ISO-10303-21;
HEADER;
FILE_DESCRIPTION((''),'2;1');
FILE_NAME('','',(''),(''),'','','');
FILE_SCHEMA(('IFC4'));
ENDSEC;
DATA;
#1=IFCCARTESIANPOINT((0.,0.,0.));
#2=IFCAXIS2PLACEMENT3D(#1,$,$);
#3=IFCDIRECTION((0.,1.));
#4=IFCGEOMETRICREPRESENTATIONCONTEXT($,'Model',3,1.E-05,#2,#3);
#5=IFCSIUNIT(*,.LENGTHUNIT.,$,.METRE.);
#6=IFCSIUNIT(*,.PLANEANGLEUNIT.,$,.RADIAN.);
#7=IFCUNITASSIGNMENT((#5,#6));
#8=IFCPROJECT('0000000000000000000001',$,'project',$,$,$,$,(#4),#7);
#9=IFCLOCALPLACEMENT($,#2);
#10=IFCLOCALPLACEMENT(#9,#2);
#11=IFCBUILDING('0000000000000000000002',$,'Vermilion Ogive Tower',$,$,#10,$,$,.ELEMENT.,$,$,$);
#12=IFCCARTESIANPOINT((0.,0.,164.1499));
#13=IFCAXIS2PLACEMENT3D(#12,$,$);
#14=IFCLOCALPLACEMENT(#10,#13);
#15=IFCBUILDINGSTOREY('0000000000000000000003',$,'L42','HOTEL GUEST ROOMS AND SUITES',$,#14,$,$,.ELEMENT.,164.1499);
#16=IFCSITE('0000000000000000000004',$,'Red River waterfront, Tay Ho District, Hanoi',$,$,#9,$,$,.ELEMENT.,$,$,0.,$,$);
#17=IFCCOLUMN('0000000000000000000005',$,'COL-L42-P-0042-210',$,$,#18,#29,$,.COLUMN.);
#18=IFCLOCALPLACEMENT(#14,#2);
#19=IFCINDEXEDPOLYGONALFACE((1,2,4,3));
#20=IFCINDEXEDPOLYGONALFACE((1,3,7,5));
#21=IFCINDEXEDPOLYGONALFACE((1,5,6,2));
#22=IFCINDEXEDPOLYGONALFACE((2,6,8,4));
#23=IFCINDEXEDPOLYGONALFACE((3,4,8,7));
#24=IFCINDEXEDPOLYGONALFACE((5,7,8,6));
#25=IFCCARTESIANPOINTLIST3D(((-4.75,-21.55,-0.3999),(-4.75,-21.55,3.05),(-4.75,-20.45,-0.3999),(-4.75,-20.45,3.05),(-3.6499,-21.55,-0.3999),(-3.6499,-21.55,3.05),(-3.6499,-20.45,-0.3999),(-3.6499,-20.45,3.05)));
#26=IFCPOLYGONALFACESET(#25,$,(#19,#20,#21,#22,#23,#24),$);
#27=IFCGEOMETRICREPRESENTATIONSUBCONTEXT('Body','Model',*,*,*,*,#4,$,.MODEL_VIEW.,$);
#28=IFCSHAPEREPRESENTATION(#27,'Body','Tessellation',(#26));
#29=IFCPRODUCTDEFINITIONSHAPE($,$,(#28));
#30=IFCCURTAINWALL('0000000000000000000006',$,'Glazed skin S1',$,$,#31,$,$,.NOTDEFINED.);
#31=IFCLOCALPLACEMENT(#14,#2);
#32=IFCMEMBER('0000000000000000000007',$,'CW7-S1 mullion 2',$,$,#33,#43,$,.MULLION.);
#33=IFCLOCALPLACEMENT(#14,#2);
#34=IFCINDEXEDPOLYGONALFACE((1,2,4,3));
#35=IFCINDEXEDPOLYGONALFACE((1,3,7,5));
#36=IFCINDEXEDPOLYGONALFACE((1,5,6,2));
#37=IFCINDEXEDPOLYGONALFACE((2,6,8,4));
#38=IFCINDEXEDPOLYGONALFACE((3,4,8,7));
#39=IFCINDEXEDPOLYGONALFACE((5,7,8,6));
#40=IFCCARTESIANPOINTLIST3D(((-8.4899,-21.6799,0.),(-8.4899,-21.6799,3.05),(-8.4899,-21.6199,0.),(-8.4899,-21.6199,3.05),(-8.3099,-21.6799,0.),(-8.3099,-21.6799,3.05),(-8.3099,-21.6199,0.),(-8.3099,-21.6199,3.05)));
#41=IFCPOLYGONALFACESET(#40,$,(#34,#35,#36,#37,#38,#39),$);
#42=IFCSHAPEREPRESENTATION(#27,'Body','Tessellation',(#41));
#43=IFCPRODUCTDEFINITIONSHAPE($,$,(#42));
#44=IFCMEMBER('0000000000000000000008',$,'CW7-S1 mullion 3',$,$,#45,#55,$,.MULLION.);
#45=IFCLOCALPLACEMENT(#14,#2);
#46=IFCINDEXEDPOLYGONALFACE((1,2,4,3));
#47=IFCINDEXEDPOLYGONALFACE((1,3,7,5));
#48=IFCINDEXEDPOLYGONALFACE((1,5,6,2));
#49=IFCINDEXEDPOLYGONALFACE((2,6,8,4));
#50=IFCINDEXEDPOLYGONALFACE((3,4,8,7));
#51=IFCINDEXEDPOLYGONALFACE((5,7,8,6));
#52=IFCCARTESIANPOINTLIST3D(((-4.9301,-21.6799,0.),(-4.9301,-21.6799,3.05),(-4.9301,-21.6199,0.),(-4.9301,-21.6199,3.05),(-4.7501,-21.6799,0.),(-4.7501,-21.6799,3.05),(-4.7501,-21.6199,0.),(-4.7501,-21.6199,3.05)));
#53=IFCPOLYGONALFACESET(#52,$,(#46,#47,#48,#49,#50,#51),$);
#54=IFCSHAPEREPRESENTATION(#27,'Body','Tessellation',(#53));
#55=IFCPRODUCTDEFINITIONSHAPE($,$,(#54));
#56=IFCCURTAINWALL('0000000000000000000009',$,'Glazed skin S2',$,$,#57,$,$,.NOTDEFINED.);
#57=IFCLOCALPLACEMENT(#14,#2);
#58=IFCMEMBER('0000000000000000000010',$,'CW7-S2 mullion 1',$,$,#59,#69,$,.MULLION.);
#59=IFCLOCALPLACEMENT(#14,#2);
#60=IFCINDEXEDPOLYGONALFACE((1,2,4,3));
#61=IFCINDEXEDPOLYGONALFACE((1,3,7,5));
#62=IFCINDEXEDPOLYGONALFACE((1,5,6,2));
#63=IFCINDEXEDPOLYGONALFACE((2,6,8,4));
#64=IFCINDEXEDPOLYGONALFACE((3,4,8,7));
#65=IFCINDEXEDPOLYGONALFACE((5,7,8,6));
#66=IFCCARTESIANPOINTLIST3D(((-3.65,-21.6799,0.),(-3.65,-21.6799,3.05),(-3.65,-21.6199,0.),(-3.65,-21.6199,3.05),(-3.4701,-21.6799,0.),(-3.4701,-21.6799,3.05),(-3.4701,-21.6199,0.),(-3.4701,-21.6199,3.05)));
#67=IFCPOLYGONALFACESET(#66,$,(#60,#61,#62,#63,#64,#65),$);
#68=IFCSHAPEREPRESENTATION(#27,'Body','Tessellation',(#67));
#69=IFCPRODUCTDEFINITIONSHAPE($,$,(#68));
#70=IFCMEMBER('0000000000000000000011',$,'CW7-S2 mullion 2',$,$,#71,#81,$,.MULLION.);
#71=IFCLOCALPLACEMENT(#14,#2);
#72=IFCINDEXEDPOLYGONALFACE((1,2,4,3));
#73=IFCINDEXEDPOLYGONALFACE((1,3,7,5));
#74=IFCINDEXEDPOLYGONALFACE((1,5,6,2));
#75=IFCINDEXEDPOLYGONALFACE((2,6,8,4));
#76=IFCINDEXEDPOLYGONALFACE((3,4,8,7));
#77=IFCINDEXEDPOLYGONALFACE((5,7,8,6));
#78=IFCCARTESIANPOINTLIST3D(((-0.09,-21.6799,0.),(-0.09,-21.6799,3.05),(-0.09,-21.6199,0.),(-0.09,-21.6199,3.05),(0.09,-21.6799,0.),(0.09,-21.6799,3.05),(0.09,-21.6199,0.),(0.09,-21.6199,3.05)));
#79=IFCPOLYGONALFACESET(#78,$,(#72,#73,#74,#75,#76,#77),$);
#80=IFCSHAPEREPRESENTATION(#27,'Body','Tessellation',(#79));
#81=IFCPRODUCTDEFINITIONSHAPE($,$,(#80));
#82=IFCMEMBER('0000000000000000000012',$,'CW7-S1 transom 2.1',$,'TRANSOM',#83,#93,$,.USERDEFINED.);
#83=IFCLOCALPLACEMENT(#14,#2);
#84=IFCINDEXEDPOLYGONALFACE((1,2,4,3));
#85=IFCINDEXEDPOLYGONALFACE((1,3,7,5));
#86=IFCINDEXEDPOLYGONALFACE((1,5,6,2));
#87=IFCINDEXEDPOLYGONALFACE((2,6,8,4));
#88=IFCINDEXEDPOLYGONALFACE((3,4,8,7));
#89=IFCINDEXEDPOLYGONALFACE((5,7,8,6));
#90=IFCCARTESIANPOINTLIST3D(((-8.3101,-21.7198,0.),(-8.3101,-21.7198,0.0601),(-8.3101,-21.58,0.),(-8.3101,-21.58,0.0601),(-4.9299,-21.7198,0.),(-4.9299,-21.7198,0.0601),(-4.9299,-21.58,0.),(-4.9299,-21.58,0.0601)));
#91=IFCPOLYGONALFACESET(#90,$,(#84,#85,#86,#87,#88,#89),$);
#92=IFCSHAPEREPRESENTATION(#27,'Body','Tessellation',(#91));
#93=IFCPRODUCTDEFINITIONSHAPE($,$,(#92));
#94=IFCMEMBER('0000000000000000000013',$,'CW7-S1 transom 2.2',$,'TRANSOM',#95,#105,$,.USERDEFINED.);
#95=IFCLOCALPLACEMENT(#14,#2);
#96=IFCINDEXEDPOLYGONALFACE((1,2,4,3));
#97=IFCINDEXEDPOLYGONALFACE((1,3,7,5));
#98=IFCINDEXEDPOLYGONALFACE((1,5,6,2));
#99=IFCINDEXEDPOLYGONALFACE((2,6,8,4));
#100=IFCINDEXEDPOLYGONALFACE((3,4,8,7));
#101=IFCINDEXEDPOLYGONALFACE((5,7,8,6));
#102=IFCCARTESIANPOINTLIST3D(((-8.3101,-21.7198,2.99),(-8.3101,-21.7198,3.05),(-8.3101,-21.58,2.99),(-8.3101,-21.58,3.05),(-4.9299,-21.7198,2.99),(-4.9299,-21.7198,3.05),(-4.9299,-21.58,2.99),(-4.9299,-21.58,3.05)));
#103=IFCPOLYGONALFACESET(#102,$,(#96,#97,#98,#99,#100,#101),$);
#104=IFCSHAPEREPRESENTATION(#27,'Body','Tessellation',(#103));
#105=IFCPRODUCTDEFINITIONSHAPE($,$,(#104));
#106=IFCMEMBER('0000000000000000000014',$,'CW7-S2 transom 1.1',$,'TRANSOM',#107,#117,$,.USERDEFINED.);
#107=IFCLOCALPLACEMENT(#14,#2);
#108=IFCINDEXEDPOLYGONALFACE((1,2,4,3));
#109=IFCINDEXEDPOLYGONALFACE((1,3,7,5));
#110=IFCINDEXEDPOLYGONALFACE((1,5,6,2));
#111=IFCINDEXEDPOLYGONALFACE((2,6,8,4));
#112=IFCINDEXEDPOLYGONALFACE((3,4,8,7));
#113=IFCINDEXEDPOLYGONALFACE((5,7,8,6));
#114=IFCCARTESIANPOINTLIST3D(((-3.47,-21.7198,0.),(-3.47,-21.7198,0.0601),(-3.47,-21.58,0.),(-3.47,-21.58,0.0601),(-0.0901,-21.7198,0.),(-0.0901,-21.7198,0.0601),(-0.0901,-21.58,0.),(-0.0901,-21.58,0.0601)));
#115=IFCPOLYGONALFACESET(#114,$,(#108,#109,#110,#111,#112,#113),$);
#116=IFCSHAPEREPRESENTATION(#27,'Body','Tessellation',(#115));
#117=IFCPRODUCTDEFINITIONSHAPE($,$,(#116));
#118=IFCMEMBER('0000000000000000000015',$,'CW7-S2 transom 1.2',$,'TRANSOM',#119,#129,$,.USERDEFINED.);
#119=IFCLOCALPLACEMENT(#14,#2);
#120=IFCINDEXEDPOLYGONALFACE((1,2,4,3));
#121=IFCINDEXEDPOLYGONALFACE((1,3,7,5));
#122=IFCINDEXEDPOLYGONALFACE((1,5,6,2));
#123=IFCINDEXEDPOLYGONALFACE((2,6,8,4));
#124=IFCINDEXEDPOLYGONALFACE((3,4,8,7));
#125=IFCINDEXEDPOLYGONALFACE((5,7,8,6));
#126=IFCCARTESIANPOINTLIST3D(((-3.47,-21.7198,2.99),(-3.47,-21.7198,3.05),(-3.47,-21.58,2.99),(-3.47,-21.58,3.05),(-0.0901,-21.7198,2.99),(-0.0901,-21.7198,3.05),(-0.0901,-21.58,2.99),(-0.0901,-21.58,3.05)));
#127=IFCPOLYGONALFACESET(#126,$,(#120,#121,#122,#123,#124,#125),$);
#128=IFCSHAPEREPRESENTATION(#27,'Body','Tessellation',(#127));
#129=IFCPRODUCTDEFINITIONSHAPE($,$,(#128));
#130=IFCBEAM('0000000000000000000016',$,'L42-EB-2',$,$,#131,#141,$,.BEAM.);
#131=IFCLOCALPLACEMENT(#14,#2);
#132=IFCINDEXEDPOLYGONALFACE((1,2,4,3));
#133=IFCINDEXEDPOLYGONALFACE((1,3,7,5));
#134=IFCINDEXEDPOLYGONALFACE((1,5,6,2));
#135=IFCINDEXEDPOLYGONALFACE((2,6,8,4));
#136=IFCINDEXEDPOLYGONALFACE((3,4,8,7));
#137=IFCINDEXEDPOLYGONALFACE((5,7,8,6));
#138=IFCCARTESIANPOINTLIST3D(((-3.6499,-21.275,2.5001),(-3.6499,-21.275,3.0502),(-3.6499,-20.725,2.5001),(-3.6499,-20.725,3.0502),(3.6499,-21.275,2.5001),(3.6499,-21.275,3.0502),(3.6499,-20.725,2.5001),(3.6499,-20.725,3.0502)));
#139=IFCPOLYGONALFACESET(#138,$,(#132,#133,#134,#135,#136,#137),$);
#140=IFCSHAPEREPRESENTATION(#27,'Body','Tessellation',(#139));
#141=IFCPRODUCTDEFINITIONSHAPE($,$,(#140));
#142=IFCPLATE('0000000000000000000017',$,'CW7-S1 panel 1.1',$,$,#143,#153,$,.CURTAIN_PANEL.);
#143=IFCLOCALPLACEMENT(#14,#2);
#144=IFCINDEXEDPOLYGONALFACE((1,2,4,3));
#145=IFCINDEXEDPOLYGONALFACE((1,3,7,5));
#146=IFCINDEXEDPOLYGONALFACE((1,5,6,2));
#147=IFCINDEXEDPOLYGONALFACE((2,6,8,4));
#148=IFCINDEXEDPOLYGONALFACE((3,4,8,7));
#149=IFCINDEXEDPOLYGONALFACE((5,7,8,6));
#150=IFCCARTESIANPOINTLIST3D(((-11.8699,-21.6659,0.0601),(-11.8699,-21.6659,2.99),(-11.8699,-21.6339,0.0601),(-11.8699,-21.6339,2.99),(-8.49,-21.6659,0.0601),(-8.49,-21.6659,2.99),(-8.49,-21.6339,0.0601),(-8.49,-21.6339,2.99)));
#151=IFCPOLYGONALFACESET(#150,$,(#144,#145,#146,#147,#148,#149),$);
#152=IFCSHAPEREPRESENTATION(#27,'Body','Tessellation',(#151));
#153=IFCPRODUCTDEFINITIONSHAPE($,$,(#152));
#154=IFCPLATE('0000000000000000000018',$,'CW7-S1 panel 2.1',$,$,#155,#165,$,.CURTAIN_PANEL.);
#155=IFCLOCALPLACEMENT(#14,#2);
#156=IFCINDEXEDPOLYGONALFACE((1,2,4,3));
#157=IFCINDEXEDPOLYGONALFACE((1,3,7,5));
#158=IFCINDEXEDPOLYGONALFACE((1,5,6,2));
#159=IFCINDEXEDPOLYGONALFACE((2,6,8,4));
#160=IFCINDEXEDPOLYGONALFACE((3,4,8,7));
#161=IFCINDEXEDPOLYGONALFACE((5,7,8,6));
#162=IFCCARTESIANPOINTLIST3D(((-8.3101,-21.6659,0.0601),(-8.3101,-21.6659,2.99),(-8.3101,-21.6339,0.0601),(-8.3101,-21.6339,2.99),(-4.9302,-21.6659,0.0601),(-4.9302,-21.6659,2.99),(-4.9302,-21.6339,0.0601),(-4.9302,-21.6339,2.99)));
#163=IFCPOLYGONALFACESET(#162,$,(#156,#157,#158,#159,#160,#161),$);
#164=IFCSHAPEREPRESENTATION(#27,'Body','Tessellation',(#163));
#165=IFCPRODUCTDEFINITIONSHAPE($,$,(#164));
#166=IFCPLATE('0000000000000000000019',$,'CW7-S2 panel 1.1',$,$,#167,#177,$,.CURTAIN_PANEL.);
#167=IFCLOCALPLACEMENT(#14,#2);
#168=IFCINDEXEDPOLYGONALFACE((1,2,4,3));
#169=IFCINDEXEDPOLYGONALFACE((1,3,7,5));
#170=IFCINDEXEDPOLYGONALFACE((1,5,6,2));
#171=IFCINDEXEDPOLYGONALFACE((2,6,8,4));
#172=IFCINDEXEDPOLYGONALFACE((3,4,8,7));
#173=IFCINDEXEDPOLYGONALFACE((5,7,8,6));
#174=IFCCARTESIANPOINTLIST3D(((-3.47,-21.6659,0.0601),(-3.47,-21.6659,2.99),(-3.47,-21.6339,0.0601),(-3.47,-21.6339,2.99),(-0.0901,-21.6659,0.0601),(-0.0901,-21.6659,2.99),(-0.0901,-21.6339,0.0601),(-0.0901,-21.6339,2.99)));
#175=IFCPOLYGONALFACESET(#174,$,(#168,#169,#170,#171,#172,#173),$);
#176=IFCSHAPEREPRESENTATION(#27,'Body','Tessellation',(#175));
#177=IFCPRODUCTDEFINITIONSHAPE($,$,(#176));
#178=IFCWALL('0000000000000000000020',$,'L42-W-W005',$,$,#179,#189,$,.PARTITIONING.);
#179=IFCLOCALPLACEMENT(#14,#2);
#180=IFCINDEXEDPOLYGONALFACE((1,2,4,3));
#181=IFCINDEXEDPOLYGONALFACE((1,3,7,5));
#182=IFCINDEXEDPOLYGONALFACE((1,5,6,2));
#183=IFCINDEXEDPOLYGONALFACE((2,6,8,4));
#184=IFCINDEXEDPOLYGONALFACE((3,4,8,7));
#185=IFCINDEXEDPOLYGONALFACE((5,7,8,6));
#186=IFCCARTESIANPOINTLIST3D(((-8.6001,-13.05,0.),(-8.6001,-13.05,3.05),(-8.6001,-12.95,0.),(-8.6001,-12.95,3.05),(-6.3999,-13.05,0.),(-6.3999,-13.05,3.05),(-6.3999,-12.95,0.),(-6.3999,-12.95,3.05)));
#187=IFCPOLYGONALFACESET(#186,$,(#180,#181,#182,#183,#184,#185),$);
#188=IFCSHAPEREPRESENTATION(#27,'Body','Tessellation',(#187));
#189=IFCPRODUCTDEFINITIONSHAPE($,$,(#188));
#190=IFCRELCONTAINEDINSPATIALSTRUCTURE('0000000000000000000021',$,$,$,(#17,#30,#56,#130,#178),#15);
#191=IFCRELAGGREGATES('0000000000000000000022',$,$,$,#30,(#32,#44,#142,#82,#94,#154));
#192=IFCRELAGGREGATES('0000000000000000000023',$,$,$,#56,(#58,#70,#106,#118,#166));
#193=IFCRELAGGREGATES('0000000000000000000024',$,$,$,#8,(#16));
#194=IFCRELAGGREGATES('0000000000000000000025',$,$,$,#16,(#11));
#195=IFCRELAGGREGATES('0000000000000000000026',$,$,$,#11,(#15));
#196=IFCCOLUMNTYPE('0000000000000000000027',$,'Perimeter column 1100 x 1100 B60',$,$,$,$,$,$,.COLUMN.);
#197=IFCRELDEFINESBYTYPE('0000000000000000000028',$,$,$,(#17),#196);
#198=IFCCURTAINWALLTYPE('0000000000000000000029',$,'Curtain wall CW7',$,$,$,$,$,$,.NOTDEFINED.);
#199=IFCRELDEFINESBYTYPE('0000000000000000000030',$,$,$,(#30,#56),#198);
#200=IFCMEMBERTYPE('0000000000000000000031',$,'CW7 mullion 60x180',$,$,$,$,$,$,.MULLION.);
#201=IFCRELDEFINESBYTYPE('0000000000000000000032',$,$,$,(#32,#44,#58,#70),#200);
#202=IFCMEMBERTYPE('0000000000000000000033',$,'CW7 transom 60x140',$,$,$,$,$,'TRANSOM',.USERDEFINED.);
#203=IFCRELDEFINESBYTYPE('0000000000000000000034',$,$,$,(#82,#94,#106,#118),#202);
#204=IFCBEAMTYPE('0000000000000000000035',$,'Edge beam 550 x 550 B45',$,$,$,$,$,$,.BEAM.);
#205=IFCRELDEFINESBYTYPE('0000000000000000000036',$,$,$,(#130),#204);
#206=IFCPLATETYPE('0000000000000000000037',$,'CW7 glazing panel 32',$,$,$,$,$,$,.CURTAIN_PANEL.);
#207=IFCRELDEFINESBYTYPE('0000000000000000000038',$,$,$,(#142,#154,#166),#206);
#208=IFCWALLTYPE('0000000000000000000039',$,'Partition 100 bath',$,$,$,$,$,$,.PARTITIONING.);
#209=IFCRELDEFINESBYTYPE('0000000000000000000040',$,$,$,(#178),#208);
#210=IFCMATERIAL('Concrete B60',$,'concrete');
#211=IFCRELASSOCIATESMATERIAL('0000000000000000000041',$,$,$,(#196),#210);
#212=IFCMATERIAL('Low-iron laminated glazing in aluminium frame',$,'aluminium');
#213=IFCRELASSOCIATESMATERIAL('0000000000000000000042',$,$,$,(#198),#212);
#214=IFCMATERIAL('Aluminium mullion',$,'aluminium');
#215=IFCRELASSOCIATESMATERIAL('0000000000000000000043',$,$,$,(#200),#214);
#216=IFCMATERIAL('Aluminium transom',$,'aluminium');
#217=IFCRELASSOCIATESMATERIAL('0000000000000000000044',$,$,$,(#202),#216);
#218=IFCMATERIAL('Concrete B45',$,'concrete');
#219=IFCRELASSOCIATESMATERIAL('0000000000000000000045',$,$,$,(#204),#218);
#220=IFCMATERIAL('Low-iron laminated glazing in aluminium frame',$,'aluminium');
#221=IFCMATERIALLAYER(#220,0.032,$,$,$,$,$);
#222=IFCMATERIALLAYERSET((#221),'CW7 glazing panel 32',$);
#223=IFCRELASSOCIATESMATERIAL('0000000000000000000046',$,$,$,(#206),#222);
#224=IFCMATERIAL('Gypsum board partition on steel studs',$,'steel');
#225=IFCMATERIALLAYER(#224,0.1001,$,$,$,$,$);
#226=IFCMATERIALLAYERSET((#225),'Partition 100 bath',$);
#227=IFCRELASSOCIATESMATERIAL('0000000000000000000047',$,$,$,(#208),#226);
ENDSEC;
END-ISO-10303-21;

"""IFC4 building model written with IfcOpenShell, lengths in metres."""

from ifc_helpers import new_model, si_unit, direction, frame, frame_2d, origin, origin_2d, place, context, subcontext, project, spatial, rectangle, extrude, material, layer, layer_set, material_profile, profile_set, type_object, element, aggregate, save


model = new_model("IFC4")

# Units and contexts
model_context = context("Model", 3, precision=1e-05, world=origin(), true_north=direction((0.0, 1.0)))
body_context = subcontext(model_context, "Body", "Model", "MODEL_VIEW")
ifc_project = project(units=[si_unit("LENGTHUNIT", "METRE"), si_unit("PLANEANGLEUNIT", "RADIAN")], contexts=[model_context])

# Site, building, storey
site_placement = place(None, origin())
site = spatial("IfcSite", under=ifc_project, at=site_placement, Name="Red River waterfront, Tay Ho District, Hanoi", CompositionType="ELEMENT", RefElevation=0.0)
building_placement = place(site_placement, origin())
building = spatial("IfcBuilding", under=site, at=building_placement, Name="Vermilion Ogive Tower", CompositionType="ELEMENT")
storey_placement = place(building_placement, frame((0.0, 0.0, 164.1499)))
storey = spatial("IfcBuildingStorey", under=building, at=storey_placement, Name="L42", Description="HOTEL GUEST ROOMS AND SUITES", CompositionType="ELEMENT", Elevation=164.1499)

# Column
ifc_material_1 = material(Name="Concrete B60", Category="concrete")
ifc_material_profile_1 = material_profile(ifc_material_1, rectangle(XDim=1.1001, YDim=1.1001, at=origin_2d()), Name="1100 x 1100")
ifc_profile_set_1 = profile_set([ifc_material_profile_1], Name="Concrete B60")
column_type = type_object("IfcColumnType", Name="Perimeter column 1100 x 1100 B60", PredefinedType="COLUMN", material=ifc_profile_set_1)
column_placement = place(storey_placement, frame((-4.2, -21.0, -0.3999), z_axis=(0.0, 0.0, 1.0), x_axis=(1.0, 0.0, 0.0)))
element("IfcColumn", 1, at=column_placement, inside=storey, type_object=column_type, Name="COL-L42-P-0042-210", PredefinedType="COLUMN", context=body_context, shape_type="SweptSolid", body=[
    extrude(rectangle(XDim=1.1001, YDim=1.1001, at=origin_2d()), origin(), (0.0, 0.0, 1.0), 3.45),
])

# Curtain walls, members
ifc_material_2 = material(Name="Low-iron laminated glazing in aluminium frame", Category="aluminium")
curtain_wall_type = type_object("IfcCurtainWallType", Name="Curtain wall CW7", PredefinedType="NOTDEFINED", material=ifc_material_2)
curtain_wall_1_placement = place(storey_placement, origin())
curtain_wall_1 = element("IfcCurtainWall", 2, at=curtain_wall_1_placement, inside=storey, type_object=curtain_wall_type, Name="Glazed skin S1", PredefinedType="NOTDEFINED")
ifc_material_3 = material(Name="Aluminium mullion", Category="aluminium")
ifc_material_profile_2 = material_profile(ifc_material_3, rectangle(XDim=0.0601, YDim=0.1799, at=origin_2d()), Name="AL 60x180")
ifc_profile_set_2 = profile_set([ifc_material_profile_2], Name="Aluminium mullion")
member_type_1 = type_object("IfcMemberType", Name="CW7 mullion 60x180", PredefinedType="MULLION", material=ifc_profile_set_2)
member_1_placement = place(storey_placement, frame((-8.3999, -21.6499, 0.0), z_axis=(0.0, 0.0, 1.0), x_axis=(0.0, 1.0, 0.0)))
member_1 = element("IfcMember", 3, at=member_1_placement, type_object=member_type_1, Name="CW7-S1 mullion 2", PredefinedType="MULLION", context=body_context, shape_type="SweptSolid", body=[
    extrude(rectangle(XDim=0.0601, YDim=0.1799, at=origin_2d()), origin(), (0.0, 0.0, 1.0), 3.05),
])
member_2_placement = place(storey_placement, frame((-4.8401, -21.6499, 0.0), z_axis=(0.0, 0.0, 1.0), x_axis=(0.0, 1.0, 0.0)))
member_2 = element("IfcMember", 4, at=member_2_placement, type_object=member_type_1, Name="CW7-S1 mullion 3", PredefinedType="MULLION", context=body_context, shape_type="SweptSolid", body=[
    extrude(rectangle(XDim=0.0601, YDim=0.1799, at=origin_2d()), origin(), (0.0, 0.0, 1.0), 3.05),
])
curtain_wall_2_placement = place(storey_placement, origin())
curtain_wall_2 = element("IfcCurtainWall", 5, at=curtain_wall_2_placement, inside=storey, type_object=curtain_wall_type, Name="Glazed skin S2", PredefinedType="NOTDEFINED")
member_3_placement = place(storey_placement, frame((-3.5601, -21.6499, 0.0), z_axis=(0.0, 0.0, 1.0), x_axis=(0.0, 1.0, 0.0)))
member_3 = element("IfcMember", 6, at=member_3_placement, type_object=member_type_1, Name="CW7-S2 mullion 1", PredefinedType="MULLION", context=body_context, shape_type="SweptSolid", body=[
    extrude(rectangle(XDim=0.0601, YDim=0.1799, at=origin_2d()), origin(), (0.0, 0.0, 1.0), 3.05),
])
member_4_placement = place(storey_placement, frame((0.0, -21.6499, 0.0), z_axis=(0.0, 0.0, 1.0), x_axis=(0.0, 1.0, 0.0)))
member_4 = element("IfcMember", 7, at=member_4_placement, type_object=member_type_1, Name="CW7-S2 mullion 2", PredefinedType="MULLION", context=body_context, shape_type="SweptSolid", body=[
    extrude(rectangle(XDim=0.0601, YDim=0.1799, at=origin_2d()), origin(), (0.0, 0.0, 1.0), 3.05),
])

# Members
ifc_material_4 = material(Name="Aluminium transom", Category="aluminium")
ifc_material_profile_3 = material_profile(ifc_material_4, rectangle(XDim=0.1399, YDim=0.0601, at=origin_2d()), Name="AL 60x140")
ifc_profile_set_3 = profile_set([ifc_material_profile_3], Name="Aluminium transom")
member_type_2 = type_object("IfcMemberType", Name="CW7 transom 60x140", ElementType="TRANSOM", PredefinedType="USERDEFINED", material=ifc_profile_set_3)
member_5_placement = place(storey_placement, frame((-8.3101, -21.6499, 0.03), z_axis=(1.0, 0.0, 0.0), x_axis=(0.0, 1.0, 0.0)))
member_5 = element("IfcMember", 8, at=member_5_placement, type_object=member_type_2, Name="CW7-S1 transom 2.1", ObjectType="TRANSOM", PredefinedType="USERDEFINED", context=body_context, shape_type="SweptSolid", body=[
    extrude(rectangle(XDim=0.1399, YDim=0.0601, at=origin_2d()), origin(), (0.0, 0.0, 1.0), 3.3801),
])
member_6_placement = place(storey_placement, frame((-8.3101, -21.6499, 3.02), z_axis=(1.0, 0.0, 0.0), x_axis=(0.0, 1.0, 0.0)))
member_6 = element("IfcMember", 9, at=member_6_placement, type_object=member_type_2, Name="CW7-S1 transom 2.2", ObjectType="TRANSOM", PredefinedType="USERDEFINED", context=body_context, shape_type="SweptSolid", body=[
    extrude(rectangle(XDim=0.1399, YDim=0.0601, at=origin_2d()), origin(), (0.0, 0.0, 1.0), 3.3801),
])
member_7_placement = place(storey_placement, frame((-3.47, -21.6499, 0.03), z_axis=(1.0, 0.0, 0.0), x_axis=(0.0, 1.0, 0.0)))
member_7 = element("IfcMember", 10, at=member_7_placement, type_object=member_type_2, Name="CW7-S2 transom 1.1", ObjectType="TRANSOM", PredefinedType="USERDEFINED", context=body_context, shape_type="SweptSolid", body=[
    extrude(rectangle(XDim=0.1399, YDim=0.0601, at=origin_2d()), origin(), (0.0, 0.0, 1.0), 3.3799),
])
member_8_placement = place(storey_placement, frame((-3.47, -21.6499, 3.02), z_axis=(1.0, 0.0, 0.0), x_axis=(0.0, 1.0, 0.0)))
member_8 = element("IfcMember", 11, at=member_8_placement, type_object=member_type_2, Name="CW7-S2 transom 1.2", ObjectType="TRANSOM", PredefinedType="USERDEFINED", context=body_context, shape_type="SweptSolid", body=[
    extrude(rectangle(XDim=0.1399, YDim=0.0601, at=origin_2d()), origin(), (0.0, 0.0, 1.0), 3.3799),
])

# Beam
ifc_material_5 = material(Name="Concrete B45", Category="concrete")
ifc_material_profile_4 = material_profile(ifc_material_5, rectangle(XDim=0.55, YDim=0.55, at=origin_2d()), Name="550 x 550")
ifc_profile_set_4 = profile_set([ifc_material_profile_4], Name="Concrete B45")
beam_type = type_object("IfcBeamType", Name="Edge beam 550 x 550 B45", PredefinedType="BEAM", material=ifc_profile_set_4)
beam_placement = place(storey_placement, frame((-3.6499, -21.0, 2.7751), z_axis=(1.0, 0.0, 0.0), x_axis=(0.0, 1.0, 0.0)))
element("IfcBeam", 12, at=beam_placement, inside=storey, type_object=beam_type, Name="L42-EB-2", PredefinedType="BEAM", context=body_context, shape_type="SweptSolid", body=[
    extrude(rectangle(XDim=0.55, YDim=0.55, at=origin_2d()), origin(), (0.0, 0.0, 1.0), 7.2998),
])

# Plates
ifc_material_6 = material(Name="Low-iron laminated glazing in aluminium frame", Category="aluminium")
ifc_layer_1 = layer(ifc_material_6, 0.032)
ifc_layer_set_1 = layer_set([ifc_layer_1], Name="CW7 glazing panel 32")
plate_type = type_object("IfcPlateType", Name="CW7 glazing panel 32", PredefinedType="CURTAIN_PANEL", material=ifc_layer_set_1)
plate_1_placement = place(storey_placement, frame((-10.1799, -21.6499, 0.0601), z_axis=(0.0, 0.0, 1.0), x_axis=(1.0, 0.0, 0.0)))
plate_1 = element("IfcPlate", 13, at=plate_1_placement, type_object=plate_type, Name="CW7-S1 panel 1.1", PredefinedType="CURTAIN_PANEL", context=body_context, shape_type="SweptSolid", body=[
    extrude(rectangle(XDim=3.3799, YDim=0.032, at=origin_2d()), origin(), (0.0, 0.0, 1.0), 2.9299),
])
plate_2_placement = place(storey_placement, frame((-6.6201, -21.6499, 0.0601), z_axis=(0.0, 0.0, 1.0), x_axis=(1.0, 0.0, 0.0)))
plate_2 = element("IfcPlate", 14, at=plate_2_placement, type_object=plate_type, Name="CW7-S1 panel 2.1", PredefinedType="CURTAIN_PANEL", context=body_context, shape_type="SweptSolid", body=[
    extrude(rectangle(XDim=3.3799, YDim=0.032, at=origin_2d()), origin(), (0.0, 0.0, 1.0), 2.9299),
])
aggregate(curtain_wall_1, [member_1, member_2, plate_1, member_5, member_6, plate_2])
plate_3_placement = place(storey_placement, frame((-1.78, -21.6499, 0.0601), z_axis=(0.0, 0.0, 1.0), x_axis=(1.0, 0.0, 0.0)))
plate_3 = element("IfcPlate", 15, at=plate_3_placement, type_object=plate_type, Name="CW7-S2 panel 1.1", PredefinedType="CURTAIN_PANEL", context=body_context, shape_type="SweptSolid", body=[
    extrude(rectangle(XDim=3.3799, YDim=0.032, at=origin_2d()), origin(), (0.0, 0.0, 1.0), 2.9299),
])
aggregate(curtain_wall_2, [member_3, member_4, member_7, member_8, plate_3])

# Wall
ifc_material_7 = material(Name="Gypsum board partition on steel studs", Category="steel")
ifc_layer_2 = layer(ifc_material_7, 0.1001)
ifc_layer_set_2 = layer_set([ifc_layer_2], Name="Partition 100 bath")
wall_type_1 = type_object("IfcWallType", Name="Partition 100 bath", PredefinedType="PARTITIONING", material=ifc_layer_set_2)
wall_1_placement = place(storey_placement, frame((-8.6001, -13.0, 0.0), z_axis=(0.0, 0.0, 1.0), x_axis=(1.0, 0.0, 0.0)))
element("IfcWall", 16, at=wall_1_placement, inside=storey, type_object=wall_type_1, Name="L42-W-W005", PredefinedType="PARTITIONING", context=body_context, shape_type="SweptSolid", body=[
    extrude(rectangle(XDim=2.2002, YDim=0.1001, at=frame_2d((1.1001, 0.0))), origin(), (0.0, 0.0, 1.0), 3.05),
])

save(model, "model.ifc")
